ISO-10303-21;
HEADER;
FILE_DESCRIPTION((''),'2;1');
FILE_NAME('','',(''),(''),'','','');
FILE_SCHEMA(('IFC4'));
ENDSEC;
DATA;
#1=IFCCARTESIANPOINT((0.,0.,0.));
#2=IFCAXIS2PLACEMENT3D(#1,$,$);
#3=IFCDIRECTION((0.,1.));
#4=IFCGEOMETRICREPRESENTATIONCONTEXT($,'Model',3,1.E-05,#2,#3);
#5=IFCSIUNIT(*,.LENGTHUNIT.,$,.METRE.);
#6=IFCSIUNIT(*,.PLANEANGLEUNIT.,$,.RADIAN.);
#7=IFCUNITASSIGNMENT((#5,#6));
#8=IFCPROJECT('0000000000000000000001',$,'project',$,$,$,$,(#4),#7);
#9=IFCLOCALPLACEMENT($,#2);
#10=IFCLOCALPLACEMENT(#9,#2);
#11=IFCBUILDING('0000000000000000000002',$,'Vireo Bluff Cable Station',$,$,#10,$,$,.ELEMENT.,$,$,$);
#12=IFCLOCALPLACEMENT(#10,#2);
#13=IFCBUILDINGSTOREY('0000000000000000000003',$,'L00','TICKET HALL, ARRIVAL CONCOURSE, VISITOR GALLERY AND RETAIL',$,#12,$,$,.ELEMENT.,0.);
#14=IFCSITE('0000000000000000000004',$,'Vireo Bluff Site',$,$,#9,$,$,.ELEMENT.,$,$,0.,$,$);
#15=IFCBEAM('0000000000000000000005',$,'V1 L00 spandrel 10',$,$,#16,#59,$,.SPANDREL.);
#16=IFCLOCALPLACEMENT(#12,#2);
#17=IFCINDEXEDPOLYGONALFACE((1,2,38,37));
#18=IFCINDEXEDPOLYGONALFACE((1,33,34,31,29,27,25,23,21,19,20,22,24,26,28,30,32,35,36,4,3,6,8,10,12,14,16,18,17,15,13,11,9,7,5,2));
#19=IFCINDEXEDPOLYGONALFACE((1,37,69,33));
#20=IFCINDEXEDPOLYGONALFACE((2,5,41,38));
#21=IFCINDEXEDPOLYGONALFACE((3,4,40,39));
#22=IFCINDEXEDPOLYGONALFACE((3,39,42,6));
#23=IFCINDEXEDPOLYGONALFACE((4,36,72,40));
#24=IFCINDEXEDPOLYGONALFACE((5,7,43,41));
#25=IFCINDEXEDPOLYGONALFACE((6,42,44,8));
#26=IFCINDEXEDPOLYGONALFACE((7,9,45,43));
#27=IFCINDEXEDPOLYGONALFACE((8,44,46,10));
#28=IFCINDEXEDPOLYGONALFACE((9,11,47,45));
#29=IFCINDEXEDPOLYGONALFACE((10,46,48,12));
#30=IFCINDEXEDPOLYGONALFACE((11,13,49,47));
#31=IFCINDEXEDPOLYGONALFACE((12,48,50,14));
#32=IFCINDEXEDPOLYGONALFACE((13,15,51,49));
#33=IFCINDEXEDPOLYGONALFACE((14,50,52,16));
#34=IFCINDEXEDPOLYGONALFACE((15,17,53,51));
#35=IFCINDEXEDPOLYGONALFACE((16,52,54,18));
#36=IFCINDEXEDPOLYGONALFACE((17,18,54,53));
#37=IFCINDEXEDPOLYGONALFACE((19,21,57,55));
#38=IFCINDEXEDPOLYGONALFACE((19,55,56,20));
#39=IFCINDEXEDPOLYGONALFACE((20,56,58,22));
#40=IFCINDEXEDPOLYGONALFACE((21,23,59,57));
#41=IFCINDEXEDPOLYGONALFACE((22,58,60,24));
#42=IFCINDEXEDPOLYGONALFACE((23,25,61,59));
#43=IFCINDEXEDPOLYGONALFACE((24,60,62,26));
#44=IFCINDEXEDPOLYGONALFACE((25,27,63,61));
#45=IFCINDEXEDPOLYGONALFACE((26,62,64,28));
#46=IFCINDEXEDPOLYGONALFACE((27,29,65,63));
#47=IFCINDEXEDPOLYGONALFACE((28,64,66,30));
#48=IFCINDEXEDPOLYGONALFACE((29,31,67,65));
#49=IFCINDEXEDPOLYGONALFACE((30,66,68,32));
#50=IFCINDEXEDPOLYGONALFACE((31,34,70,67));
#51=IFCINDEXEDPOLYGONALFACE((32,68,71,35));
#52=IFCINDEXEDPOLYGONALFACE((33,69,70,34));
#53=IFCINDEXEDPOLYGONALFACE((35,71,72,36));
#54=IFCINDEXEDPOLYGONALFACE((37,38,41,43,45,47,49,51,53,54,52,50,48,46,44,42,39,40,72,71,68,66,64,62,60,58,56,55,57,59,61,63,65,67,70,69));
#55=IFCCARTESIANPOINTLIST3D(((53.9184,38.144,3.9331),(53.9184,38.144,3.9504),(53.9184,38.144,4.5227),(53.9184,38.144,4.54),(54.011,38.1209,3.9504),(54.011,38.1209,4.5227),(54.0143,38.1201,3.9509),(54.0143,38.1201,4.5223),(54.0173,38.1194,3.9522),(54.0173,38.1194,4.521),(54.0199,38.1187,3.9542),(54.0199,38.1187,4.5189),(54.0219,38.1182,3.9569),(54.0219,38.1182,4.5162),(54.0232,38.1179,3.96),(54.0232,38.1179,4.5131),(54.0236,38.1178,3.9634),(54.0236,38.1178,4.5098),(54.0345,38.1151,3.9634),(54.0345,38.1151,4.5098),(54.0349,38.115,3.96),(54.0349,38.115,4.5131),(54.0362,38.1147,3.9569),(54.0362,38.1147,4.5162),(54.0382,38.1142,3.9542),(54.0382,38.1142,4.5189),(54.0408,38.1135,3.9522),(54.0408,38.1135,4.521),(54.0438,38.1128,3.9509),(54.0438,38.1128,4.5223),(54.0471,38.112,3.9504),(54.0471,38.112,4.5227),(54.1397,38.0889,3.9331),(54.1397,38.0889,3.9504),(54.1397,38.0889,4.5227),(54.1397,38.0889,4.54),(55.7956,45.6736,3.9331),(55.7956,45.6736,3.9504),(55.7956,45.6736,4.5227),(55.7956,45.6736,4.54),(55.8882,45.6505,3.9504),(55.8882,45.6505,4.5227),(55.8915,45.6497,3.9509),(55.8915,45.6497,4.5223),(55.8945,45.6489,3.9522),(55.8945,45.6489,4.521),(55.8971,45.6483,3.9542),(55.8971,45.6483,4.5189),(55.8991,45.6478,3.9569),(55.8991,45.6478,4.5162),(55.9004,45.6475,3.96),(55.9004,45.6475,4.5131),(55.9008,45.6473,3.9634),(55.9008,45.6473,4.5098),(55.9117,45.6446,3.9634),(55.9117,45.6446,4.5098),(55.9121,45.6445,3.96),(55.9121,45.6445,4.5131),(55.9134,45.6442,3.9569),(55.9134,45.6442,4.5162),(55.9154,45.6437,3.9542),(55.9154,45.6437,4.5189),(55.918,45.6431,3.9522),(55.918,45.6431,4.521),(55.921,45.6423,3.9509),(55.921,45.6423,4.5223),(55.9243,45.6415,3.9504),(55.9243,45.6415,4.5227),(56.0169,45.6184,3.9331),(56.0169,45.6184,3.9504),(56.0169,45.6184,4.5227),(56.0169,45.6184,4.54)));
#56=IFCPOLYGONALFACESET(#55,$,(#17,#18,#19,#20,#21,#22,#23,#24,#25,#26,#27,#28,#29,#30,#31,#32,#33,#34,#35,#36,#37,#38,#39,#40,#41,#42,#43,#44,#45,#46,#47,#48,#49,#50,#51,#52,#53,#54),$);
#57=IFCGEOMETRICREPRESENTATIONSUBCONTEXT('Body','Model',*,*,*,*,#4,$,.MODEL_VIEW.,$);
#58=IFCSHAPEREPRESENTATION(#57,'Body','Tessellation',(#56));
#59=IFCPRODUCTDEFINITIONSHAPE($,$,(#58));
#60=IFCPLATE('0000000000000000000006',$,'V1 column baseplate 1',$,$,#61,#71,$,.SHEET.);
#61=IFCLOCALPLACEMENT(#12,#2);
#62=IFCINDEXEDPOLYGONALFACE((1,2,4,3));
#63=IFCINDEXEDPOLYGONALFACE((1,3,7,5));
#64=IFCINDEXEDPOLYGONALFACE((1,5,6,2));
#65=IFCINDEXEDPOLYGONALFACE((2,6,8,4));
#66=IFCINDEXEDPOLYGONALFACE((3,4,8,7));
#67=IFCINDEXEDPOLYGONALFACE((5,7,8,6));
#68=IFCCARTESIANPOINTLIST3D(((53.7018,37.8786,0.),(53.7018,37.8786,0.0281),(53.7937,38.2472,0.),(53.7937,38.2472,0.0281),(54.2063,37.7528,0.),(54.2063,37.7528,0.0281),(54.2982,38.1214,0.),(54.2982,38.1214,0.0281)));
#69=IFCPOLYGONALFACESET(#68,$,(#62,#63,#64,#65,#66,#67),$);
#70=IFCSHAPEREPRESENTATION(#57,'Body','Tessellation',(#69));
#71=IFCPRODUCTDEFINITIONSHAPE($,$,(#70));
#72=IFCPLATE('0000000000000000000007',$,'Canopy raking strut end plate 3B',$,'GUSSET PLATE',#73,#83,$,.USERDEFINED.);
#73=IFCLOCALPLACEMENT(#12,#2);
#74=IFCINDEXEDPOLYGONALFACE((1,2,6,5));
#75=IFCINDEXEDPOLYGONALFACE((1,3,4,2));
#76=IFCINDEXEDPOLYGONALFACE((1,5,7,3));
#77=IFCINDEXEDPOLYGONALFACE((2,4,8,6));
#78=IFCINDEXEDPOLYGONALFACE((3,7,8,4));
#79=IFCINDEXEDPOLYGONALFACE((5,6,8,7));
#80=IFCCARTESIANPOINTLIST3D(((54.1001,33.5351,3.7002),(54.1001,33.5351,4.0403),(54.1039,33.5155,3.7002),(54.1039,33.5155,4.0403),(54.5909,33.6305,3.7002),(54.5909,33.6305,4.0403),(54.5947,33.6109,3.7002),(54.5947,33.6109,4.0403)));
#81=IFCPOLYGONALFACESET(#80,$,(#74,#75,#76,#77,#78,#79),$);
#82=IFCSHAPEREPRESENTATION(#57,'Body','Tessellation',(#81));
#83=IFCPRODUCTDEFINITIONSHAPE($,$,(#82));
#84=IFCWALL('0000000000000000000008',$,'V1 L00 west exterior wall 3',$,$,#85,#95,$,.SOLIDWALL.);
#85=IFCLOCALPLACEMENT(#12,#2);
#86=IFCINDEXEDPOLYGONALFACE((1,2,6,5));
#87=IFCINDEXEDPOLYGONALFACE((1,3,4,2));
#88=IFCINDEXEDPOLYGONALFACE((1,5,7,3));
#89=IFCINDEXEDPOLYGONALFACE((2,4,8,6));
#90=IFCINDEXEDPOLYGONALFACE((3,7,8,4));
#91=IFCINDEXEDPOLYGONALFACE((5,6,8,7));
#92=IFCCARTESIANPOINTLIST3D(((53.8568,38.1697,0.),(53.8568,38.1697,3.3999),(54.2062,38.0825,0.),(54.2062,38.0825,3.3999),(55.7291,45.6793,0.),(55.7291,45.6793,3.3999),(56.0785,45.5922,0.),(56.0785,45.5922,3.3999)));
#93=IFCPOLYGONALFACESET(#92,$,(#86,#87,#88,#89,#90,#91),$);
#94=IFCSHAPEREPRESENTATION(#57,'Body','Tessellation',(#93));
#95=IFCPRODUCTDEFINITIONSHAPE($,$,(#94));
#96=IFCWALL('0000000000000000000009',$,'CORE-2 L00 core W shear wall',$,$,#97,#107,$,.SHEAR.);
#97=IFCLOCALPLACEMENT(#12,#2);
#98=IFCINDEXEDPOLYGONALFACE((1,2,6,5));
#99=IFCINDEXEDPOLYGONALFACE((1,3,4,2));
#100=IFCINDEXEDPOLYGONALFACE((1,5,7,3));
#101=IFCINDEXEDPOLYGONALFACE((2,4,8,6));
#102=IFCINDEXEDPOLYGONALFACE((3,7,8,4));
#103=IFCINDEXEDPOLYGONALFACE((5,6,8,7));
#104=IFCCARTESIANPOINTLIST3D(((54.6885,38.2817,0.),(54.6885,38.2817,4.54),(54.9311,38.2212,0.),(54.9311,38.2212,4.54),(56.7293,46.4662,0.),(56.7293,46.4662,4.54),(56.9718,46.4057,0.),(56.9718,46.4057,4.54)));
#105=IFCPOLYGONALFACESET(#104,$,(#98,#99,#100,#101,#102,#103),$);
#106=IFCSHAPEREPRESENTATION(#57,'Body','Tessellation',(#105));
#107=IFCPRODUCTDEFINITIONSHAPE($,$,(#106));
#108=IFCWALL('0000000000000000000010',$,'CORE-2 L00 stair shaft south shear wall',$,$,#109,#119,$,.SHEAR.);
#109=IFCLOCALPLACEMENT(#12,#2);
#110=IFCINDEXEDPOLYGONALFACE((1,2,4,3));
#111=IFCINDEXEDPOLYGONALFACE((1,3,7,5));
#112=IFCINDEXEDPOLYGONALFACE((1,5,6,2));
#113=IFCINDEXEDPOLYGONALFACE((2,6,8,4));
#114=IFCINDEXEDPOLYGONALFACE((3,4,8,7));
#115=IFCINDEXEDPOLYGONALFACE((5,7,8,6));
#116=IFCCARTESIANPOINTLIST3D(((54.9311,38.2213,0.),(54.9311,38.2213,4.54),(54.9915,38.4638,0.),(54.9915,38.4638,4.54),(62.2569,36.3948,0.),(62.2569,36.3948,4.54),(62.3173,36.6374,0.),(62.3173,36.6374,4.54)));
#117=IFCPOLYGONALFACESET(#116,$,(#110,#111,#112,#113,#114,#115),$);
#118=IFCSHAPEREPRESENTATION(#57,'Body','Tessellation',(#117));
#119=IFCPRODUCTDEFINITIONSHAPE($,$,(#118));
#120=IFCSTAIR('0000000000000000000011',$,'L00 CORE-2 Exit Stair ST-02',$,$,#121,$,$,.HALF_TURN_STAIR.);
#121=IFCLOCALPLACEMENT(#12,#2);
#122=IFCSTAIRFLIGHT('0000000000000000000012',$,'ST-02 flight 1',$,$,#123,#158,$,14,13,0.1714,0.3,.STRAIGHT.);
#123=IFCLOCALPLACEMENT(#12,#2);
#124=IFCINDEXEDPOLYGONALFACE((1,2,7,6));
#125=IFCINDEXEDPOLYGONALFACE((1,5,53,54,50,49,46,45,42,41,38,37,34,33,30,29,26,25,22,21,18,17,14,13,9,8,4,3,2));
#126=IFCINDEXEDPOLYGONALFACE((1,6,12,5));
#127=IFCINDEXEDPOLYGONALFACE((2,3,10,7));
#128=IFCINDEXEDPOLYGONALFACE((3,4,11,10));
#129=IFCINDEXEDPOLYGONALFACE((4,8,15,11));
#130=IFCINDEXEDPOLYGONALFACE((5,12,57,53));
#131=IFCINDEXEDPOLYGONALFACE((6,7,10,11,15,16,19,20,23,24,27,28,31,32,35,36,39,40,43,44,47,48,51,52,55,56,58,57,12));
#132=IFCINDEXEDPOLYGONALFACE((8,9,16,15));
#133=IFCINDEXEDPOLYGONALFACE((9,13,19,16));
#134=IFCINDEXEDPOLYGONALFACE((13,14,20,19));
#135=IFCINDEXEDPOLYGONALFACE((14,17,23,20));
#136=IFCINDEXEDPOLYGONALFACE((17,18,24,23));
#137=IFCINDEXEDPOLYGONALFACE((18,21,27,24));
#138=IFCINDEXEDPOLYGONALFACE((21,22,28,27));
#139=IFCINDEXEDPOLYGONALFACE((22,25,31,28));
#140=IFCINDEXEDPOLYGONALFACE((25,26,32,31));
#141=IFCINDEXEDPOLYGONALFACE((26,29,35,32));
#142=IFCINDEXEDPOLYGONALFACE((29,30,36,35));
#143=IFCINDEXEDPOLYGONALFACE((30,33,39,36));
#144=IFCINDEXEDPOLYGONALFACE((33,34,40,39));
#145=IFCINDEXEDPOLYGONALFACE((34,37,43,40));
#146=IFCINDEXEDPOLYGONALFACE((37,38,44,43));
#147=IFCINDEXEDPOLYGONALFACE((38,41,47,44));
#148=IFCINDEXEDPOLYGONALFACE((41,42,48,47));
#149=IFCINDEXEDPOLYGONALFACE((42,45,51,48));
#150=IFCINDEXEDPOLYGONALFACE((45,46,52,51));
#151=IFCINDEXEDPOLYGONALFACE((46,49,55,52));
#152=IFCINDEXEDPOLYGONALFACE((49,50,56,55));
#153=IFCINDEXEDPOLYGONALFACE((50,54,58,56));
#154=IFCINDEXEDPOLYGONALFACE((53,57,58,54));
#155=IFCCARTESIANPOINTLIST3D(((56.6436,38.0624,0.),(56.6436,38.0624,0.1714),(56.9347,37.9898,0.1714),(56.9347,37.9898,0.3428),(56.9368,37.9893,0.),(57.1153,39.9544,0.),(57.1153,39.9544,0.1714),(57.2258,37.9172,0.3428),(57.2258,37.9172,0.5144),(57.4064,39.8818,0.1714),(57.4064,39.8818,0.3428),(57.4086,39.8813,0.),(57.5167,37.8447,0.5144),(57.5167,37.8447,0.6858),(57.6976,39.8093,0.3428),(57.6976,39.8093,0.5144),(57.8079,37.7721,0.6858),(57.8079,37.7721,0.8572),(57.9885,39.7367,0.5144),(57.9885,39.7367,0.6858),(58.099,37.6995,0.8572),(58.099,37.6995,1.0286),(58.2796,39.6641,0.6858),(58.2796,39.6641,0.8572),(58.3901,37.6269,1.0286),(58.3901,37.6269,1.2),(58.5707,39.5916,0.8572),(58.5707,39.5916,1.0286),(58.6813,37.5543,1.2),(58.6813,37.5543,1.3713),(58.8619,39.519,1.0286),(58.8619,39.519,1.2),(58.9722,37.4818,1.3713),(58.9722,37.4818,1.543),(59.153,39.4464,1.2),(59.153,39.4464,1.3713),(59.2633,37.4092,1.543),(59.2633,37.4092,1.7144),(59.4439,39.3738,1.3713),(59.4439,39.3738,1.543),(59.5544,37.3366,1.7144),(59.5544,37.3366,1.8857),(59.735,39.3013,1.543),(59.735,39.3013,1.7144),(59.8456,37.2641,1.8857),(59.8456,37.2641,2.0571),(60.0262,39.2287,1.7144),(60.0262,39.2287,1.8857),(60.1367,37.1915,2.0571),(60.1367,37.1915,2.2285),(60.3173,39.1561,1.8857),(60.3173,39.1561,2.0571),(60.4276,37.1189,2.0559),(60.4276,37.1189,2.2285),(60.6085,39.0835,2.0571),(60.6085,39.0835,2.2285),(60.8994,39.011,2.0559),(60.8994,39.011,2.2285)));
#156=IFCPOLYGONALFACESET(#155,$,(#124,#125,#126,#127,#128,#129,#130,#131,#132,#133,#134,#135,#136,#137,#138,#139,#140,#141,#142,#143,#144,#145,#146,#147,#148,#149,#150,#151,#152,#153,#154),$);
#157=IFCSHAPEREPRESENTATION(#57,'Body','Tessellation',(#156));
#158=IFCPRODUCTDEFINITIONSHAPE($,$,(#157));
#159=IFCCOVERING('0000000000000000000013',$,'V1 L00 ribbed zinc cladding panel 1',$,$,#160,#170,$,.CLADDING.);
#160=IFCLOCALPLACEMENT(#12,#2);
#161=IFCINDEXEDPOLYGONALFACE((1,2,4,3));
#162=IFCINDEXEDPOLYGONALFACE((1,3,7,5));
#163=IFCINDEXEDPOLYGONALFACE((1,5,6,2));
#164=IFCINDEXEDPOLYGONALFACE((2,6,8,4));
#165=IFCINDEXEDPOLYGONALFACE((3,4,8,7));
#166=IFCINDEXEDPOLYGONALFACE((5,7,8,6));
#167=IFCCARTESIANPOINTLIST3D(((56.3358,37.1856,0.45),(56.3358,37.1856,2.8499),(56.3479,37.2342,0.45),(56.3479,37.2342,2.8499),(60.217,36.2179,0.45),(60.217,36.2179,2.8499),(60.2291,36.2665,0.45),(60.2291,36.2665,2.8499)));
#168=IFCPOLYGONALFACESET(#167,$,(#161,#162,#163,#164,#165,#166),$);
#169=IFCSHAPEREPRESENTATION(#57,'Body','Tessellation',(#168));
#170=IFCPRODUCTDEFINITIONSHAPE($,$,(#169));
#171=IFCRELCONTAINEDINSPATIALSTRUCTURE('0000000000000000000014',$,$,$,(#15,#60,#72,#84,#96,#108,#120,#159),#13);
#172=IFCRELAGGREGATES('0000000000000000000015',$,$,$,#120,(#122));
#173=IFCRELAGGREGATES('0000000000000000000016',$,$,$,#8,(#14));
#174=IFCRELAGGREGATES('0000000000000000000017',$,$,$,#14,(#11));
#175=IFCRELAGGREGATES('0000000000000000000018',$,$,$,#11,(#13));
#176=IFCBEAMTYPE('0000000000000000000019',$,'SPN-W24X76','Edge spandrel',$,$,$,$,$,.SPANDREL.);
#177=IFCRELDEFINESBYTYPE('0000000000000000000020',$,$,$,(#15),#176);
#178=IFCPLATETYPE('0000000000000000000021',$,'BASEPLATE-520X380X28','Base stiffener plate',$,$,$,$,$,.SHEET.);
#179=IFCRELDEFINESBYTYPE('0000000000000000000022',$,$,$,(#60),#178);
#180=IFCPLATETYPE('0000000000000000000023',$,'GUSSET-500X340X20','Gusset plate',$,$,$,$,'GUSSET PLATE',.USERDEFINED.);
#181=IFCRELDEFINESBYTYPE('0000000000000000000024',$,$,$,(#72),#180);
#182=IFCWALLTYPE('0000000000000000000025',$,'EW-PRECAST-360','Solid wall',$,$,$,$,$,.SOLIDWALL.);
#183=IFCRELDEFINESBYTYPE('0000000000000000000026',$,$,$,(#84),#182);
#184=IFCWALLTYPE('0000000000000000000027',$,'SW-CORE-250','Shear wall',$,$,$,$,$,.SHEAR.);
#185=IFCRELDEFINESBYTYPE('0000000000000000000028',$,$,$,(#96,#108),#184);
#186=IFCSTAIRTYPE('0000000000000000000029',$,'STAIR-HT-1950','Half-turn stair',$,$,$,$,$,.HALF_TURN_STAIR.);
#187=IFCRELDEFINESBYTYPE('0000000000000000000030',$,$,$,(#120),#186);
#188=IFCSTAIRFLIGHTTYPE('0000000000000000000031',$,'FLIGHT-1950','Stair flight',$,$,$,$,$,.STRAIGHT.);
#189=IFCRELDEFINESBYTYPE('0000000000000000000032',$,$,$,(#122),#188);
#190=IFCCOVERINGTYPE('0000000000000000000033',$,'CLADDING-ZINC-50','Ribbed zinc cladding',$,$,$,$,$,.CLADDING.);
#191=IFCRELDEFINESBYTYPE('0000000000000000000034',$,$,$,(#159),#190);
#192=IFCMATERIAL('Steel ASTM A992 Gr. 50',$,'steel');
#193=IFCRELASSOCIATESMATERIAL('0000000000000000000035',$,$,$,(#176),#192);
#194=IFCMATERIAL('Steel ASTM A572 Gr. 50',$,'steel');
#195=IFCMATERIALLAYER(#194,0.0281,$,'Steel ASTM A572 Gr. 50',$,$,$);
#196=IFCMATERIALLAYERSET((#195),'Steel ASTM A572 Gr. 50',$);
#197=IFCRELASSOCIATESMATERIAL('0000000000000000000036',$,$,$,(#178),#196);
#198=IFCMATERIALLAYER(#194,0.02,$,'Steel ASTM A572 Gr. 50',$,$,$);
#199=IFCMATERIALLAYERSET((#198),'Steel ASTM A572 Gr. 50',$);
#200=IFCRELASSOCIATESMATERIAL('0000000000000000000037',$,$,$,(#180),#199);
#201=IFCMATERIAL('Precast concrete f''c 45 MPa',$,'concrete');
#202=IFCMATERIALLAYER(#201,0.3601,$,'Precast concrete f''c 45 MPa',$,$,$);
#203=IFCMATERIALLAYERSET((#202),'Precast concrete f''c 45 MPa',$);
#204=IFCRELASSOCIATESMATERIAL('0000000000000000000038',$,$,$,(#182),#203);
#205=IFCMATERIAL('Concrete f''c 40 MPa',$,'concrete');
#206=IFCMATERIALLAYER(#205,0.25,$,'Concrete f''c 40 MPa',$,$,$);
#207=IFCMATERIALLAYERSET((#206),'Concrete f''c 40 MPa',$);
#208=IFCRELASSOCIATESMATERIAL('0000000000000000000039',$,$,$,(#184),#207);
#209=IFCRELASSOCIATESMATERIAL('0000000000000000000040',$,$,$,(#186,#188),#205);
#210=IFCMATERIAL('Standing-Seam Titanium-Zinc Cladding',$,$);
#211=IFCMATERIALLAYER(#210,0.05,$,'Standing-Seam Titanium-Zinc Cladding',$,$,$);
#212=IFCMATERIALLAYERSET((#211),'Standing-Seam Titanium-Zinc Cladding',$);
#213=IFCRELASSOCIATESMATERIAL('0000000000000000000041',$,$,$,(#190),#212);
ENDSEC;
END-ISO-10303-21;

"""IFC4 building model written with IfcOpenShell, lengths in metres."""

from ifc_helpers import new_model, si_unit, direction, frame, frame_2d, origin, origin_2d, place, context, subcontext, project, spatial, polyline, rectangle, i_section, outline, extrude, material, layer, layer_set, material_profile, profile_set, type_object, element, aggregate, save


model = new_model("IFC4")

# Units and contexts
model_context = context("Model", 3, precision=1e-05, world=origin(), true_north=direction((0.0, 1.0)))
body_context = subcontext(model_context, "Body", "Model", "MODEL_VIEW")
ifc_project = project(units=[si_unit("LENGTHUNIT", "METRE"), si_unit("PLANEANGLEUNIT", "RADIAN")], contexts=[model_context])

# Site, building, storey
site_placement = place(None, origin())
site = spatial("IfcSite", under=ifc_project, at=site_placement, Name="Vireo Bluff Site", CompositionType="ELEMENT", RefElevation=0.0)
building_placement = place(site_placement, origin())
building = spatial("IfcBuilding", under=site, at=building_placement, Name="Vireo Bluff Cable Station", CompositionType="ELEMENT")
storey_placement = place(building_placement, origin())
storey = spatial("IfcBuildingStorey", under=building, at=storey_placement, Name="L00", Description="TICKET HALL, ARRIVAL CONCOURSE, VISITOR GALLERY AND RETAIL", CompositionType="ELEMENT", Elevation=0.0)

# Shared definitions
ifc_material_1 = material(Name="Concrete f'c 40 MPa", Category="concrete")

# Shared definitions
ifc_material_2 = material(Name="Steel ASTM A992 Gr. 50", Category="steel")

# Beam
ifc_material_profile_1 = material_profile(ifc_material_2, i_section(OverallWidth=0.228, OverallDepth=0.6069, WebThickness=0.0112, FlangeThickness=0.0173, FilletRadius=0.0129, at=origin_2d()), Name="W24X76")
ifc_profile_set_1 = profile_set([ifc_material_profile_1], Name="Steel ASTM A992 Gr. 50")
beam_type_1 = type_object("IfcBeamType", Name="SPN-W24X76", Description="Edge spandrel", PredefinedType="SPANDREL", material=ifc_profile_set_1)
beam_1_placement = place(storey_placement, frame((54.0291, 38.1165, 4.2366), z_axis=(0.241906, 0.9703, 0.0), x_axis=(-0.9703, 0.241906, 0.0)))
element("IfcBeam", 1, at=beam_1_placement, inside=storey, type_object=beam_type_1, Name="V1 L00 spandrel 10", PredefinedType="SPANDREL", context=body_context, shape_type="SweptSolid", body=[
    extrude(i_section(OverallWidth=0.228, OverallDepth=0.6069, WebThickness=0.0112, FlangeThickness=0.0173, FilletRadius=0.0129, at=origin_2d()), origin(), (0.0, 0.0, 1.0), 7.76),
])

# Plates
ifc_material_3 = material(Name="Steel ASTM A572 Gr. 50", Category="steel")
ifc_layer_1 = layer(ifc_material_3, 0.0281, Name="Steel ASTM A572 Gr. 50")
ifc_layer_set_1 = layer_set([ifc_layer_1], Name="Steel ASTM A572 Gr. 50")
plate_type_1 = type_object("IfcPlateType", Name="BASEPLATE-520X380X28", Description="Base stiffener plate", PredefinedType="SHEET", material=ifc_layer_set_1)
plate_1_placement = place(storey_placement, frame((54.0, 38.0, 0.0), z_axis=(0.0, 0.0, 1.0), x_axis=(0.970296, -0.241922, 0.0)))
element("IfcPlate", 2, at=plate_1_placement, inside=storey, type_object=plate_type_1, Name="V1 column baseplate 1", PredefinedType="SHEET", context=body_context, shape_type="SweptSolid", body=[
    extrude(rectangle(XDim=0.52, YDim=0.3799, at=origin_2d()), origin(), (0.0, 0.0, 1.0), 0.0281),
])
ifc_layer_2 = layer(ifc_material_3, 0.02, Name="Steel ASTM A572 Gr. 50")
ifc_layer_set_2 = layer_set([ifc_layer_2], Name="Steel ASTM A572 Gr. 50")
plate_type_2 = type_object("IfcPlateType", Name="GUSSET-500X340X20", Description="Gusset plate", ElementType="GUSSET PLATE", PredefinedType="USERDEFINED", material=ifc_layer_set_2)
plate_2_placement = place(storey_placement, frame((54.3474, 33.573, 3.7002), z_axis=(0.0, 0.0, 1.0), x_axis=(0.981627, 0.190809, 0.0)))
element("IfcPlate", 3, at=plate_2_placement, inside=storey, type_object=plate_type_2, Name="Canopy raking strut end plate 3B", ObjectType="GUSSET PLATE", PredefinedType="USERDEFINED", context=body_context, shape_type="SweptSolid", body=[
    extrude(rectangle(XDim=0.5, YDim=0.02, at=origin_2d()), origin(), (0.0, 0.0, 1.0), 0.3401),
])

# Walls
ifc_material_4 = material(Name="Precast concrete f'c 45 MPa", Category="concrete")
ifc_layer_3 = layer(ifc_material_4, 0.3601, Name="Precast concrete f'c 45 MPa")
ifc_layer_set_3 = layer_set([ifc_layer_3], Name="Precast concrete f'c 45 MPa")
wall_type_1 = type_object("IfcWallType", Name="EW-PRECAST-360", Description="Solid wall", PredefinedType="SOLIDWALL", material=ifc_layer_set_3)
wall_1_placement = place(storey_placement, frame((54.0315, 38.1262, 0.0), z_axis=(0.0, 0.0, 1.0), x_axis=(0.24192, 0.970296, 0.0)))
element("IfcWall", 4, at=wall_1_placement, inside=storey, type_object=wall_type_1, Name="V1 L00 west exterior wall 3", PredefinedType="SOLIDWALL", context=body_context, shape_type="SweptSolid", body=[
    extrude(rectangle(XDim=7.7395, YDim=0.3601, at=frame_2d((3.8696, 0.0))), origin(), (0.0, 0.0, 1.0), 3.3999),
])
ifc_layer_4 = layer(ifc_material_1, 0.25, Name="Concrete f'c 40 MPa")
ifc_layer_set_4 = layer_set([ifc_layer_4], Name="Concrete f'c 40 MPa")
wall_type_2 = type_object("IfcWallType", Name="SW-CORE-250", Description="Shear wall", PredefinedType="SHEAR", material=ifc_layer_set_4)
wall_2_placement = place(storey_placement, frame((54.8098, 38.2515, 0.0), z_axis=(0.0, 0.0, 1.0), x_axis=(0.241936, 0.970292, 0.0)))
element("IfcWall", 5, at=wall_2_placement, inside=storey, type_object=wall_type_2, Name="CORE-2 L00 core W shear wall", PredefinedType="SHEAR", context=body_context, shape_type="SweptSolid", body=[
    extrude(rectangle(XDim=8.4351, YDim=0.25, at=frame_2d((4.2175, 0.0))), origin(), (0.0, 0.0, 1.0), 4.54),
])
wall_3_placement = place(storey_placement, frame((54.9614, 38.3425, 0.0), z_axis=(0.0, 0.0, 1.0), x_axis=(0.970298, -0.241912, 0.0)))
element("IfcWall", 6, at=wall_3_placement, inside=storey, type_object=wall_type_2, Name="CORE-2 L00 stair shaft south shear wall", PredefinedType="SHEAR", context=body_context, shape_type="SweptSolid", body=[
    extrude(rectangle(XDim=7.55, YDim=0.25, at=frame_2d((3.7749, 0.0))), origin(), (0.0, 0.0, 1.0), 4.54),
])

# Stair, stair flight
stair_type = type_object("IfcStairType", Name="STAIR-HT-1950", Description="Half-turn stair", PredefinedType="HALF_TURN_STAIR", material=ifc_material_1)
stair_placement = place(storey_placement, origin())
stair = element("IfcStair", 7, at=stair_placement, inside=storey, type_object=stair_type, Name="L00 CORE-2 Exit Stair ST-02", PredefinedType="HALF_TURN_STAIR")
stair_flight_type = type_object("IfcStairFlightType", Name="FLIGHT-1950", Description="Stair flight", PredefinedType="STRAIGHT", material=ifc_material_1)
stair_flight_placement = place(storey_placement, frame((56.8794, 39.0083, 0.0), z_axis=(0.0, 0.0, 1.0), x_axis=(0.970296, -0.241922, 0.0)))
stair_flight = element("IfcStairFlight", 8, at=stair_flight_placement, type_object=stair_flight_type, Name="ST-02 flight 1", NumberOfRisers=14, NumberOfTreads=13, PredefinedType="STRAIGHT", RiserHeight=0.1714, TreadLength=0.3, context=body_context, shape_type="SweptSolid", body=[
    extrude(outline(polyline([(0.0, 0.0), (0.0, 0.1714), (0.3, 0.1714), (0.3, 0.3428), (0.6001, 0.3428), (0.6001, 0.5144), (0.8999, 0.5144), (0.8999, 0.6858), (1.2, 0.6858), (1.2, 0.8572), (1.5, 0.8572), (1.5, 1.0286), (1.8, 1.0286), (1.8, 1.2), (2.1001, 1.2), (2.1001, 1.3713), (2.3999, 1.3713), (2.3999, 1.543), (2.7, 1.543), (2.7, 1.7144), (3.0, 1.7144), (3.0, 1.8857), (3.3, 1.8857), (3.3, 2.0571), (3.6001, 2.0571), (3.6001, 2.2285), (3.8999, 2.2285), (3.8999, 2.3999), (3.8999, 2.0559), (0.3022, 0.0), (0.0, 0.0)])), frame((0.0, 0.9751, 0.0), z_axis=(0.0, -1.0, 0.0), x_axis=(1.0, 0.0, 0.0)), (0.0, 0.0, 1.0), 1.95),
])
aggregate(stair, [stair_flight])

# Covering
ifc_material_5 = material(Name="Standing-Seam Titanium-Zinc Cladding")
ifc_layer_5 = layer(ifc_material_5, 0.05, Name="Standing-Seam Titanium-Zinc Cladding")
ifc_layer_set_5 = layer_set([ifc_layer_5], Name="Standing-Seam Titanium-Zinc Cladding")
covering_type_1 = type_object("IfcCoveringType", Name="CLADDING-ZINC-50", Description="Ribbed zinc cladding", PredefinedType="CLADDING", material=ifc_layer_set_5)
covering_1_placement = place(storey_placement, frame((58.2825, 36.7261, 0.45), z_axis=(0.0, 0.0, 1.0), x_axis=(-0.970296, 0.241922, 0.0)))
element("IfcCovering", 9, at=covering_1_placement, inside=storey, type_object=covering_type_1, Name="V1 L00 ribbed zinc cladding panel 1", PredefinedType="CLADDING", context=body_context, shape_type="SweptSolid", body=[
    extrude(rectangle(XDim=4.0, YDim=0.05, at=origin_2d()), origin(), (0.0, 0.0, 1.0), 2.3999),
])

save(model, "model.ifc")
